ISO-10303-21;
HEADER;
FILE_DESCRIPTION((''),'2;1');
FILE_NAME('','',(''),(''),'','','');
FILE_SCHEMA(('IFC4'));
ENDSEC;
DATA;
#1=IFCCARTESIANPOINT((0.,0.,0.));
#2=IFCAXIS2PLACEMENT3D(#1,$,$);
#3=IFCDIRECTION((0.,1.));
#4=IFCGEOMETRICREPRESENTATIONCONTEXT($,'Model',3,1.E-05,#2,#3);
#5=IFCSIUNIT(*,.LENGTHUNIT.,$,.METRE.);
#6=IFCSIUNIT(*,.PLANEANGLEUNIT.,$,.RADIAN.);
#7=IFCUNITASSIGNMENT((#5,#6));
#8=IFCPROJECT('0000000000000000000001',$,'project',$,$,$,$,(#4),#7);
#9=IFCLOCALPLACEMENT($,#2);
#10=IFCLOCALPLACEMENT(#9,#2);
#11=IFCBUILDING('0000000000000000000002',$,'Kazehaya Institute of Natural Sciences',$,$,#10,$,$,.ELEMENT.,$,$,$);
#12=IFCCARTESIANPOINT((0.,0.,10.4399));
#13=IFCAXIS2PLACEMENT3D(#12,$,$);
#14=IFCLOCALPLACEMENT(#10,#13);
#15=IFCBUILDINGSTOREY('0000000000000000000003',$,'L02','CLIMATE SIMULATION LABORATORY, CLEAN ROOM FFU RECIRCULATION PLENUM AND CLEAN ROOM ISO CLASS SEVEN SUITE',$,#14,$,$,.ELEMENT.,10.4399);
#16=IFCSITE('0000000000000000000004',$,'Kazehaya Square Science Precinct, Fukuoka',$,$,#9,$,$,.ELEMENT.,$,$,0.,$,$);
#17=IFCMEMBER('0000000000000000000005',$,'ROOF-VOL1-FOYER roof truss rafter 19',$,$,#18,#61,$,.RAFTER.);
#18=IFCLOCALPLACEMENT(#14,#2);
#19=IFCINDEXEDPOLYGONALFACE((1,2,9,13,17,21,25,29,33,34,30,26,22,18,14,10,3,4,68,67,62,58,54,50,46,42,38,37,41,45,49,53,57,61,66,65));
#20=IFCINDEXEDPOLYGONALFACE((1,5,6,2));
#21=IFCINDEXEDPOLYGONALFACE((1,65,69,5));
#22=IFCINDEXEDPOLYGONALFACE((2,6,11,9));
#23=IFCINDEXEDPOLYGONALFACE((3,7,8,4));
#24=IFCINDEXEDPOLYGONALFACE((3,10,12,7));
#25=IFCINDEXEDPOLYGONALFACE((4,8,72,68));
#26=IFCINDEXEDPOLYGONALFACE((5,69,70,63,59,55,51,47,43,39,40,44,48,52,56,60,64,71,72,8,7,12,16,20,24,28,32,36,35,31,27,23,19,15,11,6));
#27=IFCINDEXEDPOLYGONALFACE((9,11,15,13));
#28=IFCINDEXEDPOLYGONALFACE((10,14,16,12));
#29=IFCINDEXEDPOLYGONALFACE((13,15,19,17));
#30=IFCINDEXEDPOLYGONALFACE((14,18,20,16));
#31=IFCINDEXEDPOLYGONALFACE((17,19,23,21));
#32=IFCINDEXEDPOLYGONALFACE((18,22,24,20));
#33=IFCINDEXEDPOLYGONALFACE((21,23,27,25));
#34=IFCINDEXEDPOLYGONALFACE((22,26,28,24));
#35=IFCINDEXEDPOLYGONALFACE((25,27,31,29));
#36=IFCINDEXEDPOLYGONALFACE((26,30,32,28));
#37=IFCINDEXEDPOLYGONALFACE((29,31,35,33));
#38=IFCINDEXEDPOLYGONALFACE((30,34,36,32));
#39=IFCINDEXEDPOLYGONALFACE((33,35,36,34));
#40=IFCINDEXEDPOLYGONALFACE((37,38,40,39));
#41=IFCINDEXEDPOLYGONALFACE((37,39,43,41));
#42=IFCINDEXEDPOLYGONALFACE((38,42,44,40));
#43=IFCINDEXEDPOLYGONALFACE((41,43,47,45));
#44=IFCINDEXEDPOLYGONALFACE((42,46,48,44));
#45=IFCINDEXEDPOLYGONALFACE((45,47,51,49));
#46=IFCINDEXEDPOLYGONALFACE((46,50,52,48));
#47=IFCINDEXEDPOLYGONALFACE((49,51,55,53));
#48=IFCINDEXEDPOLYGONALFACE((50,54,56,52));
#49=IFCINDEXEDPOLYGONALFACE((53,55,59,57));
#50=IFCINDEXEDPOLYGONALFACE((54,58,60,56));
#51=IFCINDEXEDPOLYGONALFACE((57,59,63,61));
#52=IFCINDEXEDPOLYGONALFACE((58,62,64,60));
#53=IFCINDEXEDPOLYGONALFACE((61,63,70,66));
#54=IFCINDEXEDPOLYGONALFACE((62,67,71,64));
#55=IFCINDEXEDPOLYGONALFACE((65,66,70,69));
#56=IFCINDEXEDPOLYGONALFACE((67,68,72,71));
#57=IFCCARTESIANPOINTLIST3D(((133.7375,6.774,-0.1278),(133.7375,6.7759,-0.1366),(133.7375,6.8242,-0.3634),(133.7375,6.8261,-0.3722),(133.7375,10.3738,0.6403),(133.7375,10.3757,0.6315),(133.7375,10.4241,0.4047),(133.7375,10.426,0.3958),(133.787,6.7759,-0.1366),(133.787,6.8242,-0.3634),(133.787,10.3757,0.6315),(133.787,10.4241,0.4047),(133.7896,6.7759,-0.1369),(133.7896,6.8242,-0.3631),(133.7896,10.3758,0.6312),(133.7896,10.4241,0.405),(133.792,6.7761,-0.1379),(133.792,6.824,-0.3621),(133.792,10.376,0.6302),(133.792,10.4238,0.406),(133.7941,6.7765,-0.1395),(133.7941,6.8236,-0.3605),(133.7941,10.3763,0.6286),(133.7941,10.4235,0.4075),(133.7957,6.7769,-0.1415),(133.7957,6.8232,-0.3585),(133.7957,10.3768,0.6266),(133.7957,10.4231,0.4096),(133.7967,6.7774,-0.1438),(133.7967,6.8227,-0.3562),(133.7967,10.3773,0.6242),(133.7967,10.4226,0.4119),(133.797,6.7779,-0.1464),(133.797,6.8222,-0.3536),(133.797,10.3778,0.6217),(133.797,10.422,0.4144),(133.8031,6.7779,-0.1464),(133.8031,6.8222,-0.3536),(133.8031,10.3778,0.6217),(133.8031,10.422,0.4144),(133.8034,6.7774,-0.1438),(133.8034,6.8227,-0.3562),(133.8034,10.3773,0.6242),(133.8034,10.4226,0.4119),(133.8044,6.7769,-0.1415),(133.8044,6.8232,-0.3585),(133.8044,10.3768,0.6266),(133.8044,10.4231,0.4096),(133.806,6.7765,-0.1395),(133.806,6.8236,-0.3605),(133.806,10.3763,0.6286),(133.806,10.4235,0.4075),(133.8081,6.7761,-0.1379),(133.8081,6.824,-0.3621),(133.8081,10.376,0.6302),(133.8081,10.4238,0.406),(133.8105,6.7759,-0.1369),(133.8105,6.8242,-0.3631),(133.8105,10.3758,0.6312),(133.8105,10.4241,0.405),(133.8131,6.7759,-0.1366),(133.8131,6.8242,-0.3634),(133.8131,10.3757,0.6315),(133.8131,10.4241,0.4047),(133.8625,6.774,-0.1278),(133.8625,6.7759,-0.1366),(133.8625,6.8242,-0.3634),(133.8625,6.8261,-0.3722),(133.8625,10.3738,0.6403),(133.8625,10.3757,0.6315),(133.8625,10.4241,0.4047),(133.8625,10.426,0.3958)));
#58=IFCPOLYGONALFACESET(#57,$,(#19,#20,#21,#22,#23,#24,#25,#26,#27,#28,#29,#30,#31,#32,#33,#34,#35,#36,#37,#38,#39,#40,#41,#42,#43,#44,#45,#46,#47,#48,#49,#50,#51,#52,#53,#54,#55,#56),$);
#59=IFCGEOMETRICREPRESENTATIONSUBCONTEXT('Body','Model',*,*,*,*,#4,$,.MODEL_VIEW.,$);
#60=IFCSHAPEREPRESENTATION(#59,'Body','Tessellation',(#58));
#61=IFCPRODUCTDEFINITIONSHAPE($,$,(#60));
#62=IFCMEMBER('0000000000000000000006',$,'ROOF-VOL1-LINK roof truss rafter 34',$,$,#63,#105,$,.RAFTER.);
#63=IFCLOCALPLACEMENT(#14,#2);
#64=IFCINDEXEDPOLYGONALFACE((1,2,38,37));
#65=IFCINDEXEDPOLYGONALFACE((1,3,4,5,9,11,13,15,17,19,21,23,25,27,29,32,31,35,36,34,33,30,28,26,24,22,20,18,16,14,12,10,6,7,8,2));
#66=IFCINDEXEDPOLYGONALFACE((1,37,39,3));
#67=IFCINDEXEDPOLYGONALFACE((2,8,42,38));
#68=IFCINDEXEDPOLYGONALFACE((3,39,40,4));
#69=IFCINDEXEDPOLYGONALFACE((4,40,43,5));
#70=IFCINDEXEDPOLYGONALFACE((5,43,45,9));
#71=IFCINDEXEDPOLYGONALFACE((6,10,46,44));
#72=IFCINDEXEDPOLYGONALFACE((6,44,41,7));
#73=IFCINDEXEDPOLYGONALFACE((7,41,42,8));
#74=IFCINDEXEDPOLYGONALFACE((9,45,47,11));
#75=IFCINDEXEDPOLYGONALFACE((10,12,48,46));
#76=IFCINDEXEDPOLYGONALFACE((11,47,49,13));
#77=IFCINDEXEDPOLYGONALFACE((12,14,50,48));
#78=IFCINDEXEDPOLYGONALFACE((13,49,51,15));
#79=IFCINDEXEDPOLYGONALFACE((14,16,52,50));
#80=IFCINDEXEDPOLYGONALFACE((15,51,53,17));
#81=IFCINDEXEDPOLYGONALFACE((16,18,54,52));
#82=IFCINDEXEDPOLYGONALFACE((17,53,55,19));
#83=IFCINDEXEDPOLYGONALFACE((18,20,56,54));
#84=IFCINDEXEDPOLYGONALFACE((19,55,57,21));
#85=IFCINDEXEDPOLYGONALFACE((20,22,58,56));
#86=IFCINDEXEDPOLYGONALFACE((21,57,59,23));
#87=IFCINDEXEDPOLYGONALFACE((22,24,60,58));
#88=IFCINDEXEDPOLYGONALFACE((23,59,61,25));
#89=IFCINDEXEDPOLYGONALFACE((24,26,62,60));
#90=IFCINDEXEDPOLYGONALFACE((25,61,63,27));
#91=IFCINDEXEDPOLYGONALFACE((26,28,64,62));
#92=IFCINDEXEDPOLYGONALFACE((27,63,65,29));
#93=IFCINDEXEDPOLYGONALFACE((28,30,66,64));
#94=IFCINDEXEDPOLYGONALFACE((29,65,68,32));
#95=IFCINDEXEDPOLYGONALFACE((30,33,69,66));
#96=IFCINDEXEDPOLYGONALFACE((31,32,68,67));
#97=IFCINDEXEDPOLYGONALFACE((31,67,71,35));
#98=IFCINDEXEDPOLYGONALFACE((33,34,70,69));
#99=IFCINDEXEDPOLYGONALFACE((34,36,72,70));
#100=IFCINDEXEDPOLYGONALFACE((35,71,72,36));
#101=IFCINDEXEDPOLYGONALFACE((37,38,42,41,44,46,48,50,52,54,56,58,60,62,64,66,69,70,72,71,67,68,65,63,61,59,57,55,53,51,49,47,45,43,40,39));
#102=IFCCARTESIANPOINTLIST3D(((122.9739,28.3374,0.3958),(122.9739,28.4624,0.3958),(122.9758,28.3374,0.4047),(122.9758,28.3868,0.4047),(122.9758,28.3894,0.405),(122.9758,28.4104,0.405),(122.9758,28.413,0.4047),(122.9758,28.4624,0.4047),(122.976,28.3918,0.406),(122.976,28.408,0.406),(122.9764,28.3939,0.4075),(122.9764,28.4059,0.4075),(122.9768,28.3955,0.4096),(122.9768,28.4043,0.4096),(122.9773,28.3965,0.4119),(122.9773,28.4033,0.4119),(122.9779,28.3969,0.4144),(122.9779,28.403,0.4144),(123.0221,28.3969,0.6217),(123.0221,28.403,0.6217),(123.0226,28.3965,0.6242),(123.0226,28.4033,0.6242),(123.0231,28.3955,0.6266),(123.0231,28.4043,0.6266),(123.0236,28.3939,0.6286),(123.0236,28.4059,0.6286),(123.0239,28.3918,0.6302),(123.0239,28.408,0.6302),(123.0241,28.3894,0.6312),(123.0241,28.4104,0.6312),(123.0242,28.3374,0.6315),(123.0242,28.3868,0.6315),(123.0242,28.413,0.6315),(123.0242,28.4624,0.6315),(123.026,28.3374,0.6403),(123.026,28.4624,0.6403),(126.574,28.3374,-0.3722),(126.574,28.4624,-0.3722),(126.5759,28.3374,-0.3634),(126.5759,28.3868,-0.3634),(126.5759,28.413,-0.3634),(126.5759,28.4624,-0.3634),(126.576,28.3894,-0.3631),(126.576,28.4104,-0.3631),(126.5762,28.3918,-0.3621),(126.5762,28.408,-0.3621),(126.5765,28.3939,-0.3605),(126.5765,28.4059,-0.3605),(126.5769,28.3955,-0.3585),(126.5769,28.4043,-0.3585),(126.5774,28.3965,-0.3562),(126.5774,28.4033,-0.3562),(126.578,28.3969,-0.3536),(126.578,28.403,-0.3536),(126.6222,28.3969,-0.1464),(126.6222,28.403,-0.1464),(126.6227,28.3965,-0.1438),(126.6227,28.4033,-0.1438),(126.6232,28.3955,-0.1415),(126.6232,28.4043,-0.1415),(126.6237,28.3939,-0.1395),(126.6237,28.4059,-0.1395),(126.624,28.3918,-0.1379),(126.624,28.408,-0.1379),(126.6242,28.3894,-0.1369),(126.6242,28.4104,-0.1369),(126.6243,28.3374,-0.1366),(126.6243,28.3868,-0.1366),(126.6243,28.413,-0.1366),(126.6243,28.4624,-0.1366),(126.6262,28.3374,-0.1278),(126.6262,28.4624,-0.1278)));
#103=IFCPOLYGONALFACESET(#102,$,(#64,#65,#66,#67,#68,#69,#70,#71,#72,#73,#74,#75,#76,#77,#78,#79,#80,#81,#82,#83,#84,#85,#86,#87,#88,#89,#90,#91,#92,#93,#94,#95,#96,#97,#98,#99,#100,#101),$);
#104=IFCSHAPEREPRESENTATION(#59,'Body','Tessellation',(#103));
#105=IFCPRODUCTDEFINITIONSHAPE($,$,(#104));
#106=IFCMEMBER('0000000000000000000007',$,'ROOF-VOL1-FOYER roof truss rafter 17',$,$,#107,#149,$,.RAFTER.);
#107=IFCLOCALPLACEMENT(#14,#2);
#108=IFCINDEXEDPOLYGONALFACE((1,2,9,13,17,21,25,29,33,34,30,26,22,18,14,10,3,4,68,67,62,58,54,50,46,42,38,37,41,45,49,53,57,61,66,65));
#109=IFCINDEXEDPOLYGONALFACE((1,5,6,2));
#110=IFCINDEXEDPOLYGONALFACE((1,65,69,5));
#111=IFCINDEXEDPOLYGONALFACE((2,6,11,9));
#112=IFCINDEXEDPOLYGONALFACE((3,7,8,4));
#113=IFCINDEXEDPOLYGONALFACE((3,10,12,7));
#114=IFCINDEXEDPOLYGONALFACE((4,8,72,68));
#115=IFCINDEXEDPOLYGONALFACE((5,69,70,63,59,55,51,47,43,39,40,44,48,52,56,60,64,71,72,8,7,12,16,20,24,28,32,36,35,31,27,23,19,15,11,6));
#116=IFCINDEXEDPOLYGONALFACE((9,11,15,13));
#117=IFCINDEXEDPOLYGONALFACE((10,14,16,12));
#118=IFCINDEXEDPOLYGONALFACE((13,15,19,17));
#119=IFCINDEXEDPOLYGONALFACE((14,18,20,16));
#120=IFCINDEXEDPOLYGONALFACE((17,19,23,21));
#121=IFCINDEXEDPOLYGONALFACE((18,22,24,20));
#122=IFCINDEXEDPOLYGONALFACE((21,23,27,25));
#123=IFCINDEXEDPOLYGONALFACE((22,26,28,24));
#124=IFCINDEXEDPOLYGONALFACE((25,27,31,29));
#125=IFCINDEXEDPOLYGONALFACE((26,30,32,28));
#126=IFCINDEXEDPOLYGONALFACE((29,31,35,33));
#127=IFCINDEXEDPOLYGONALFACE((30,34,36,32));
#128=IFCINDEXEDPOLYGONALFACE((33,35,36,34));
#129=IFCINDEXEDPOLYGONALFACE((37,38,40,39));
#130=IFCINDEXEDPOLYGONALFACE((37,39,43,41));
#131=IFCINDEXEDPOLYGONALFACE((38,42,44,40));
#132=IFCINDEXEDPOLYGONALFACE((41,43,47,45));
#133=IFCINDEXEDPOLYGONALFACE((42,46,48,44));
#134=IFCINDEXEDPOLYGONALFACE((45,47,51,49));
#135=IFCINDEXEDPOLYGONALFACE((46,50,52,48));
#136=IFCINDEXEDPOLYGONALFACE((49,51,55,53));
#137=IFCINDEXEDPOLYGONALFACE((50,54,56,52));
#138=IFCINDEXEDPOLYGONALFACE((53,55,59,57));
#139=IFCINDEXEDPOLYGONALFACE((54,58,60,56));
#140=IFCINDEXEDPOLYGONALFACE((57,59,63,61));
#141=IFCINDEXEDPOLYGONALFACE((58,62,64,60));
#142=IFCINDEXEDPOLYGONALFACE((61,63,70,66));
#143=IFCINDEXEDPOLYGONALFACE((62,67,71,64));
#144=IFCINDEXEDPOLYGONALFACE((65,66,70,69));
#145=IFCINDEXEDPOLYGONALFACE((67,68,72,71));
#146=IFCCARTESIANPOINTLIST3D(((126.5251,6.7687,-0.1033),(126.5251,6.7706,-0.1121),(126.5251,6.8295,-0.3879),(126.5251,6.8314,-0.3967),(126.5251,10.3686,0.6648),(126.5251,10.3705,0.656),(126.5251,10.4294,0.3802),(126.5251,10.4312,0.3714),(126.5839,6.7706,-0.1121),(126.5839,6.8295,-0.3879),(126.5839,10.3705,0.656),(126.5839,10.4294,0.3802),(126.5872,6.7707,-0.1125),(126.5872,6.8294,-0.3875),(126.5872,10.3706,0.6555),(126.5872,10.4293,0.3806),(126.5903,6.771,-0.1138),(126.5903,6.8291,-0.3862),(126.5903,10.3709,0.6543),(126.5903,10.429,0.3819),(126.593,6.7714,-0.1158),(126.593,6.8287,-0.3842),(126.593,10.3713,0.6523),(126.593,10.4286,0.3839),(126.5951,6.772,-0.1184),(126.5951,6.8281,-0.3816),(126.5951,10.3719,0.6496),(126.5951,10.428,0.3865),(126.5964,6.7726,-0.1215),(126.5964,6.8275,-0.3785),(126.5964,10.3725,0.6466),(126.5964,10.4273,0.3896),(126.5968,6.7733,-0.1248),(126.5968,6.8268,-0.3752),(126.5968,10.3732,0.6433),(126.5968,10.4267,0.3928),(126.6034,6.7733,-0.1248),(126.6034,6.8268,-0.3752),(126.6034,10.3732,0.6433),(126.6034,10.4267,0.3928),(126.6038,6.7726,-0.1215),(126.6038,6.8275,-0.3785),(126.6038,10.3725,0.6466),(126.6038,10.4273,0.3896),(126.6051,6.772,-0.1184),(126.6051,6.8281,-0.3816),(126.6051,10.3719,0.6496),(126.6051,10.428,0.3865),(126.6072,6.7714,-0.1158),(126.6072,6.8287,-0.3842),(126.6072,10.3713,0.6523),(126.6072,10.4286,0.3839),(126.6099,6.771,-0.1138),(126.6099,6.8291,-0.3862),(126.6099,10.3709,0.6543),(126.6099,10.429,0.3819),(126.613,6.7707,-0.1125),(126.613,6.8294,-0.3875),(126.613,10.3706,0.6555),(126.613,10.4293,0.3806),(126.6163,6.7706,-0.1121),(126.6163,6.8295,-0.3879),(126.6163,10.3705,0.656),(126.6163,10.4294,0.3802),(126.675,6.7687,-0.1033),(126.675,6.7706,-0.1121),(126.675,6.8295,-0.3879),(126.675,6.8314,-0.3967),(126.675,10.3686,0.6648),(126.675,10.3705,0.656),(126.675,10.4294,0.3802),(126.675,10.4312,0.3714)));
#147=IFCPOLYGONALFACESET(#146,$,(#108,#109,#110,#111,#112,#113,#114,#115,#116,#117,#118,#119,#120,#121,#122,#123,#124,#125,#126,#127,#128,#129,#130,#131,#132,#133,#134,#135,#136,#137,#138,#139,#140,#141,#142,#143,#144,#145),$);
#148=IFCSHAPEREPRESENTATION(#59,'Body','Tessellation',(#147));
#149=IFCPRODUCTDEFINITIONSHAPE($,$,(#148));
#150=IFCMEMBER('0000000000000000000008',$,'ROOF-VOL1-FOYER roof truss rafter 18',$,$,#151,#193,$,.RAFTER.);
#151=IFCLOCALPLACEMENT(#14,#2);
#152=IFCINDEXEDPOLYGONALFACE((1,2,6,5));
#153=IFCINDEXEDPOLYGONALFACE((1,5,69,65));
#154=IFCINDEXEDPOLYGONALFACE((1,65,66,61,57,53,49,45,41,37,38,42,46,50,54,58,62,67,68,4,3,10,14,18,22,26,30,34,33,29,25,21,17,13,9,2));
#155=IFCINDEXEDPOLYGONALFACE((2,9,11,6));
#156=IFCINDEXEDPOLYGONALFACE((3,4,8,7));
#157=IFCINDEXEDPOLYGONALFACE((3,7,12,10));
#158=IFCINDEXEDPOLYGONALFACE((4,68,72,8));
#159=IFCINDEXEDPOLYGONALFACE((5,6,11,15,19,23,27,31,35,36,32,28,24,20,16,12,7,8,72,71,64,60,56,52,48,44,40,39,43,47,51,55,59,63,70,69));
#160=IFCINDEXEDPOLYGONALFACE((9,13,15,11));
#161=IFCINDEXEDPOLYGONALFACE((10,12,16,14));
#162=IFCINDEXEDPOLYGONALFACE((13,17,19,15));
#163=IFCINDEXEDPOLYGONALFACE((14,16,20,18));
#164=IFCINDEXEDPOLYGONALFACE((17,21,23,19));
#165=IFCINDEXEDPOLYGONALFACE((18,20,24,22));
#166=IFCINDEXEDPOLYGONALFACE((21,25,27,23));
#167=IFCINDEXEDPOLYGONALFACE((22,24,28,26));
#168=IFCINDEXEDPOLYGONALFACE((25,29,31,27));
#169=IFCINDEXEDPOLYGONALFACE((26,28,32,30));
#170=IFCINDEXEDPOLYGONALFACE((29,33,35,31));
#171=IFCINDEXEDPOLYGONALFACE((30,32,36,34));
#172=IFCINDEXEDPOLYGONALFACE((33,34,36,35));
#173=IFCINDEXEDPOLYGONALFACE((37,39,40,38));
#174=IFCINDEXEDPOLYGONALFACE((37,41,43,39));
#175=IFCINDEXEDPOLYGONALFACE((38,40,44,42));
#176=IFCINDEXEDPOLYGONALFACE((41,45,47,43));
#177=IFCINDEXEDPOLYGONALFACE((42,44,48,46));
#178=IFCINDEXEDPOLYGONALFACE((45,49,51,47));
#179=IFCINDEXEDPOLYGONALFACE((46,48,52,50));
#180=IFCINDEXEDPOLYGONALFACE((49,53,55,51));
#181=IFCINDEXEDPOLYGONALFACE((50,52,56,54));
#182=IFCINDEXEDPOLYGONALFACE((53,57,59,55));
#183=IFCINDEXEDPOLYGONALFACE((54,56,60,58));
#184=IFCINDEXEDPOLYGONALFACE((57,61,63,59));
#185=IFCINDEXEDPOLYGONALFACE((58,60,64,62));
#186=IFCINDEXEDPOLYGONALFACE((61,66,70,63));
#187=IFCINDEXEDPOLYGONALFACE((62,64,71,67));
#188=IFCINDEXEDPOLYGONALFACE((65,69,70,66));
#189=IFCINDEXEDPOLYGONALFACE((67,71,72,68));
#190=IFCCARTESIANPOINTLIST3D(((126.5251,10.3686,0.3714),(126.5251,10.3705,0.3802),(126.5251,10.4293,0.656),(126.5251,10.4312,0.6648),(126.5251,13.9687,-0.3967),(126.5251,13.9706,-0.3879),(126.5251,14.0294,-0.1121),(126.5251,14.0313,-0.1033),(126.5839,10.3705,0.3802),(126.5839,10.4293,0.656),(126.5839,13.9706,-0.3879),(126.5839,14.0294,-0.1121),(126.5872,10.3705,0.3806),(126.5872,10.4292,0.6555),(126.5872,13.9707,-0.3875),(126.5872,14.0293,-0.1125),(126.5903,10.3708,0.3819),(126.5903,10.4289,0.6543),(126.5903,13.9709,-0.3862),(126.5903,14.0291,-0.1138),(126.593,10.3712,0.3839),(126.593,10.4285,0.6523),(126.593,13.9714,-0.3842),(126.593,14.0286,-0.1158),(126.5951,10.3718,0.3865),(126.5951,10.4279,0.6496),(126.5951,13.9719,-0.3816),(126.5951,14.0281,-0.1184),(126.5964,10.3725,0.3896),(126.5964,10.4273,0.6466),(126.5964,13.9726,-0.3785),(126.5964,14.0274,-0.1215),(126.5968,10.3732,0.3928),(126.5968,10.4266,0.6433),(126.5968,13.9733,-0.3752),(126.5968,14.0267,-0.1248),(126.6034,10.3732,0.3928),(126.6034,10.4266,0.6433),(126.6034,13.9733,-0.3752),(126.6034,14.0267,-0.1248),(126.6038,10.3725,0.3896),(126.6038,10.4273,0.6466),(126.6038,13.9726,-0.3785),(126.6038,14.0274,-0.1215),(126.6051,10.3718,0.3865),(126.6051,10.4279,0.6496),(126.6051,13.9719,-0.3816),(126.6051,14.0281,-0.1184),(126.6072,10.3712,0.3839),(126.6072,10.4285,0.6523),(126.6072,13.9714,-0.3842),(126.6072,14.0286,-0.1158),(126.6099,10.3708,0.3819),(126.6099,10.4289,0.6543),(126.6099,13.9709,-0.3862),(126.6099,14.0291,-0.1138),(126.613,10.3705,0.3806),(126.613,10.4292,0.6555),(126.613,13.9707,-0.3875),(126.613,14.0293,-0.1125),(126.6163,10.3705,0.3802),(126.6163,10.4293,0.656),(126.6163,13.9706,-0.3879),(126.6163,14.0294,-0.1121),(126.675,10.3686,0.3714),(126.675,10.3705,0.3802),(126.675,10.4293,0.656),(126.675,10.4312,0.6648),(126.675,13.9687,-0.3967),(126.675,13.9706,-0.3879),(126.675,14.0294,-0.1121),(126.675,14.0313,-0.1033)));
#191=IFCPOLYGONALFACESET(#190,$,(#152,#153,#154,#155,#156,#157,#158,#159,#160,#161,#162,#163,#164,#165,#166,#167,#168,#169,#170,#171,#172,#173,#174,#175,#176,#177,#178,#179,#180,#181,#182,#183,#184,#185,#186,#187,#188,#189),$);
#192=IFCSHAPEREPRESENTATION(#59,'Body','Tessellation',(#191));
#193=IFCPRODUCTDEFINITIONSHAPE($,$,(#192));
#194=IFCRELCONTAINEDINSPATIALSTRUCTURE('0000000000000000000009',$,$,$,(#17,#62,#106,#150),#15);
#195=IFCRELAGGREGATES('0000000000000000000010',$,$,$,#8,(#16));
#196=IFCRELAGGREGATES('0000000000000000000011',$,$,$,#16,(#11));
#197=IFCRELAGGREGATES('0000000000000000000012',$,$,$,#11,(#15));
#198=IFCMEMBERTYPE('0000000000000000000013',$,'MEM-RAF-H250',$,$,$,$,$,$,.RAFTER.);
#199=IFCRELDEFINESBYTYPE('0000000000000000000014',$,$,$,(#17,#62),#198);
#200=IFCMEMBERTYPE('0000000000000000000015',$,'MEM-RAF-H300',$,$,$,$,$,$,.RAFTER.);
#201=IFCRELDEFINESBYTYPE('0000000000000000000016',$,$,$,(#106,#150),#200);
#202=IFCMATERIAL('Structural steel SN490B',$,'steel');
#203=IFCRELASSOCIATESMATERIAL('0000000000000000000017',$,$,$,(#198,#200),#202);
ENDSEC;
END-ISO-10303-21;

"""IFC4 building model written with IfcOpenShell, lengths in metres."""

from ifc_helpers import new_model, si_unit, direction, frame, origin, origin_2d, place, context, subcontext, project, spatial, i_section, extrude, material, material_profile, profile_set, type_object, element, save


model = new_model("IFC4")

# Units and contexts
model_context = context("Model", 3, precision=1e-05, world=origin(), true_north=direction((0.0, 1.0)))
body_context = subcontext(model_context, "Body", "Model", "MODEL_VIEW")
ifc_project = project(units=[si_unit("LENGTHUNIT", "METRE"), si_unit("PLANEANGLEUNIT", "RADIAN")], contexts=[model_context])

# Site, building, storey
site_placement = place(None, origin())
site = spatial("IfcSite", under=ifc_project, at=site_placement, Name="Kazehaya Square Science Precinct, Fukuoka", CompositionType="ELEMENT", RefElevation=0.0)
building_placement = place(site_placement, origin())
building = spatial("IfcBuilding", under=site, at=building_placement, Name="Kazehaya Institute of Natural Sciences", CompositionType="ELEMENT")
storey_placement = place(building_placement, frame((0.0, 0.0, 10.4399)))
storey = spatial("IfcBuildingStorey", under=building, at=storey_placement, Name="L02", Description="CLIMATE SIMULATION LABORATORY, CLEAN ROOM FFU RECIRCULATION PLENUM AND CLEAN ROOM ISO CLASS SEVEN SUITE", CompositionType="ELEMENT", Elevation=10.4399)

# Shared definitions
ifc_material_1 = material(Name="Structural steel SN490B", Category="steel")

# Members
ifc_material_profile_1 = material_profile(ifc_material_1, i_section(OverallWidth=0.125, OverallDepth=0.25, WebThickness=0.0061, FlangeThickness=0.009, FilletRadius=0.01, at=origin_2d()), Name="H-250x125x6x9")
ifc_profile_set_1 = profile_set([ifc_material_profile_1], Name="Structural steel SN490B")
member_type_1 = type_object("IfcMemberType", Name="MEM-RAF-H250", PredefinedType="RAFTER", material=ifc_profile_set_1)
member_1_placement = place(storey_placement, frame((133.8, 6.8, -0.25), z_axis=(0.0, 0.977987, 0.208664), x_axis=(-1.0, 0.0, 0.0)))
element("IfcMember", 1, at=member_1_placement, inside=storey, type_object=member_type_1, Name="ROOF-VOL1-FOYER roof truss rafter 19", PredefinedType="RAFTER", context=body_context, shape_type="SweptSolid", body=[
    extrude(i_section(OverallWidth=0.125, OverallDepth=0.25, WebThickness=0.0061, FlangeThickness=0.009, FilletRadius=0.01, at=origin_2d()), origin(), (0.0, 0.0, 1.0), 3.6809),
])
member_2_placement = place(storey_placement, frame((126.6001, 28.3999, -0.25), z_axis=(-0.97799, 0.0, 0.20865), x_axis=(0.0, -1.0, 0.0)))
element("IfcMember", 2, at=member_2_placement, inside=storey, type_object=member_type_1, Name="ROOF-VOL1-LINK roof truss rafter 34", PredefinedType="RAFTER", context=body_context, shape_type="SweptSolid", body=[
    extrude(i_section(OverallWidth=0.125, OverallDepth=0.25, WebThickness=0.0061, FlangeThickness=0.009, FilletRadius=0.01, at=origin_2d()), origin(), (0.0, 0.0, 1.0), 3.6812),
])
ifc_material_profile_2 = material_profile(ifc_material_1, i_section(OverallWidth=0.1499, OverallDepth=0.3, WebThickness=0.0066, FlangeThickness=0.009, FilletRadius=0.0129, at=origin_2d()), Name="H-300x150x6.5x9")
ifc_profile_set_2 = profile_set([ifc_material_profile_2], Name="Structural steel SN490B")
member_type_2 = type_object("IfcMemberType", Name="MEM-RAF-H300", PredefinedType="RAFTER", material=ifc_profile_set_2)
member_3_placement = place(storey_placement, frame((126.6001, 6.8, -0.25), z_axis=(0.0, 0.977987, 0.208664), x_axis=(-1.0, 0.0, 0.0)))
element("IfcMember", 3, at=member_3_placement, inside=storey, type_object=member_type_2, Name="ROOF-VOL1-FOYER roof truss rafter 17", PredefinedType="RAFTER", context=body_context, shape_type="SweptSolid", body=[
    extrude(i_section(OverallWidth=0.1499, OverallDepth=0.3, WebThickness=0.0066, FlangeThickness=0.009, FilletRadius=0.0129, at=origin_2d()), origin(), (0.0, 0.0, 1.0), 3.6809),
])
member_4_placement = place(storey_placement, frame((126.6001, 14.0, -0.25), z_axis=(0.0, -0.97799, 0.20865), x_axis=(1.0, 0.0, 0.0)))
element("IfcMember", 4, at=member_4_placement, inside=storey, type_object=member_type_2, Name="ROOF-VOL1-FOYER roof truss rafter 18", PredefinedType="RAFTER", context=body_context, shape_type="SweptSolid", body=[
    extrude(i_section(OverallWidth=0.1499, OverallDepth=0.3, WebThickness=0.0066, FlangeThickness=0.009, FilletRadius=0.0129, at=origin_2d()), origin(), (0.0, 0.0, 1.0), 3.6812),
])

save(model, "model.ifc")
